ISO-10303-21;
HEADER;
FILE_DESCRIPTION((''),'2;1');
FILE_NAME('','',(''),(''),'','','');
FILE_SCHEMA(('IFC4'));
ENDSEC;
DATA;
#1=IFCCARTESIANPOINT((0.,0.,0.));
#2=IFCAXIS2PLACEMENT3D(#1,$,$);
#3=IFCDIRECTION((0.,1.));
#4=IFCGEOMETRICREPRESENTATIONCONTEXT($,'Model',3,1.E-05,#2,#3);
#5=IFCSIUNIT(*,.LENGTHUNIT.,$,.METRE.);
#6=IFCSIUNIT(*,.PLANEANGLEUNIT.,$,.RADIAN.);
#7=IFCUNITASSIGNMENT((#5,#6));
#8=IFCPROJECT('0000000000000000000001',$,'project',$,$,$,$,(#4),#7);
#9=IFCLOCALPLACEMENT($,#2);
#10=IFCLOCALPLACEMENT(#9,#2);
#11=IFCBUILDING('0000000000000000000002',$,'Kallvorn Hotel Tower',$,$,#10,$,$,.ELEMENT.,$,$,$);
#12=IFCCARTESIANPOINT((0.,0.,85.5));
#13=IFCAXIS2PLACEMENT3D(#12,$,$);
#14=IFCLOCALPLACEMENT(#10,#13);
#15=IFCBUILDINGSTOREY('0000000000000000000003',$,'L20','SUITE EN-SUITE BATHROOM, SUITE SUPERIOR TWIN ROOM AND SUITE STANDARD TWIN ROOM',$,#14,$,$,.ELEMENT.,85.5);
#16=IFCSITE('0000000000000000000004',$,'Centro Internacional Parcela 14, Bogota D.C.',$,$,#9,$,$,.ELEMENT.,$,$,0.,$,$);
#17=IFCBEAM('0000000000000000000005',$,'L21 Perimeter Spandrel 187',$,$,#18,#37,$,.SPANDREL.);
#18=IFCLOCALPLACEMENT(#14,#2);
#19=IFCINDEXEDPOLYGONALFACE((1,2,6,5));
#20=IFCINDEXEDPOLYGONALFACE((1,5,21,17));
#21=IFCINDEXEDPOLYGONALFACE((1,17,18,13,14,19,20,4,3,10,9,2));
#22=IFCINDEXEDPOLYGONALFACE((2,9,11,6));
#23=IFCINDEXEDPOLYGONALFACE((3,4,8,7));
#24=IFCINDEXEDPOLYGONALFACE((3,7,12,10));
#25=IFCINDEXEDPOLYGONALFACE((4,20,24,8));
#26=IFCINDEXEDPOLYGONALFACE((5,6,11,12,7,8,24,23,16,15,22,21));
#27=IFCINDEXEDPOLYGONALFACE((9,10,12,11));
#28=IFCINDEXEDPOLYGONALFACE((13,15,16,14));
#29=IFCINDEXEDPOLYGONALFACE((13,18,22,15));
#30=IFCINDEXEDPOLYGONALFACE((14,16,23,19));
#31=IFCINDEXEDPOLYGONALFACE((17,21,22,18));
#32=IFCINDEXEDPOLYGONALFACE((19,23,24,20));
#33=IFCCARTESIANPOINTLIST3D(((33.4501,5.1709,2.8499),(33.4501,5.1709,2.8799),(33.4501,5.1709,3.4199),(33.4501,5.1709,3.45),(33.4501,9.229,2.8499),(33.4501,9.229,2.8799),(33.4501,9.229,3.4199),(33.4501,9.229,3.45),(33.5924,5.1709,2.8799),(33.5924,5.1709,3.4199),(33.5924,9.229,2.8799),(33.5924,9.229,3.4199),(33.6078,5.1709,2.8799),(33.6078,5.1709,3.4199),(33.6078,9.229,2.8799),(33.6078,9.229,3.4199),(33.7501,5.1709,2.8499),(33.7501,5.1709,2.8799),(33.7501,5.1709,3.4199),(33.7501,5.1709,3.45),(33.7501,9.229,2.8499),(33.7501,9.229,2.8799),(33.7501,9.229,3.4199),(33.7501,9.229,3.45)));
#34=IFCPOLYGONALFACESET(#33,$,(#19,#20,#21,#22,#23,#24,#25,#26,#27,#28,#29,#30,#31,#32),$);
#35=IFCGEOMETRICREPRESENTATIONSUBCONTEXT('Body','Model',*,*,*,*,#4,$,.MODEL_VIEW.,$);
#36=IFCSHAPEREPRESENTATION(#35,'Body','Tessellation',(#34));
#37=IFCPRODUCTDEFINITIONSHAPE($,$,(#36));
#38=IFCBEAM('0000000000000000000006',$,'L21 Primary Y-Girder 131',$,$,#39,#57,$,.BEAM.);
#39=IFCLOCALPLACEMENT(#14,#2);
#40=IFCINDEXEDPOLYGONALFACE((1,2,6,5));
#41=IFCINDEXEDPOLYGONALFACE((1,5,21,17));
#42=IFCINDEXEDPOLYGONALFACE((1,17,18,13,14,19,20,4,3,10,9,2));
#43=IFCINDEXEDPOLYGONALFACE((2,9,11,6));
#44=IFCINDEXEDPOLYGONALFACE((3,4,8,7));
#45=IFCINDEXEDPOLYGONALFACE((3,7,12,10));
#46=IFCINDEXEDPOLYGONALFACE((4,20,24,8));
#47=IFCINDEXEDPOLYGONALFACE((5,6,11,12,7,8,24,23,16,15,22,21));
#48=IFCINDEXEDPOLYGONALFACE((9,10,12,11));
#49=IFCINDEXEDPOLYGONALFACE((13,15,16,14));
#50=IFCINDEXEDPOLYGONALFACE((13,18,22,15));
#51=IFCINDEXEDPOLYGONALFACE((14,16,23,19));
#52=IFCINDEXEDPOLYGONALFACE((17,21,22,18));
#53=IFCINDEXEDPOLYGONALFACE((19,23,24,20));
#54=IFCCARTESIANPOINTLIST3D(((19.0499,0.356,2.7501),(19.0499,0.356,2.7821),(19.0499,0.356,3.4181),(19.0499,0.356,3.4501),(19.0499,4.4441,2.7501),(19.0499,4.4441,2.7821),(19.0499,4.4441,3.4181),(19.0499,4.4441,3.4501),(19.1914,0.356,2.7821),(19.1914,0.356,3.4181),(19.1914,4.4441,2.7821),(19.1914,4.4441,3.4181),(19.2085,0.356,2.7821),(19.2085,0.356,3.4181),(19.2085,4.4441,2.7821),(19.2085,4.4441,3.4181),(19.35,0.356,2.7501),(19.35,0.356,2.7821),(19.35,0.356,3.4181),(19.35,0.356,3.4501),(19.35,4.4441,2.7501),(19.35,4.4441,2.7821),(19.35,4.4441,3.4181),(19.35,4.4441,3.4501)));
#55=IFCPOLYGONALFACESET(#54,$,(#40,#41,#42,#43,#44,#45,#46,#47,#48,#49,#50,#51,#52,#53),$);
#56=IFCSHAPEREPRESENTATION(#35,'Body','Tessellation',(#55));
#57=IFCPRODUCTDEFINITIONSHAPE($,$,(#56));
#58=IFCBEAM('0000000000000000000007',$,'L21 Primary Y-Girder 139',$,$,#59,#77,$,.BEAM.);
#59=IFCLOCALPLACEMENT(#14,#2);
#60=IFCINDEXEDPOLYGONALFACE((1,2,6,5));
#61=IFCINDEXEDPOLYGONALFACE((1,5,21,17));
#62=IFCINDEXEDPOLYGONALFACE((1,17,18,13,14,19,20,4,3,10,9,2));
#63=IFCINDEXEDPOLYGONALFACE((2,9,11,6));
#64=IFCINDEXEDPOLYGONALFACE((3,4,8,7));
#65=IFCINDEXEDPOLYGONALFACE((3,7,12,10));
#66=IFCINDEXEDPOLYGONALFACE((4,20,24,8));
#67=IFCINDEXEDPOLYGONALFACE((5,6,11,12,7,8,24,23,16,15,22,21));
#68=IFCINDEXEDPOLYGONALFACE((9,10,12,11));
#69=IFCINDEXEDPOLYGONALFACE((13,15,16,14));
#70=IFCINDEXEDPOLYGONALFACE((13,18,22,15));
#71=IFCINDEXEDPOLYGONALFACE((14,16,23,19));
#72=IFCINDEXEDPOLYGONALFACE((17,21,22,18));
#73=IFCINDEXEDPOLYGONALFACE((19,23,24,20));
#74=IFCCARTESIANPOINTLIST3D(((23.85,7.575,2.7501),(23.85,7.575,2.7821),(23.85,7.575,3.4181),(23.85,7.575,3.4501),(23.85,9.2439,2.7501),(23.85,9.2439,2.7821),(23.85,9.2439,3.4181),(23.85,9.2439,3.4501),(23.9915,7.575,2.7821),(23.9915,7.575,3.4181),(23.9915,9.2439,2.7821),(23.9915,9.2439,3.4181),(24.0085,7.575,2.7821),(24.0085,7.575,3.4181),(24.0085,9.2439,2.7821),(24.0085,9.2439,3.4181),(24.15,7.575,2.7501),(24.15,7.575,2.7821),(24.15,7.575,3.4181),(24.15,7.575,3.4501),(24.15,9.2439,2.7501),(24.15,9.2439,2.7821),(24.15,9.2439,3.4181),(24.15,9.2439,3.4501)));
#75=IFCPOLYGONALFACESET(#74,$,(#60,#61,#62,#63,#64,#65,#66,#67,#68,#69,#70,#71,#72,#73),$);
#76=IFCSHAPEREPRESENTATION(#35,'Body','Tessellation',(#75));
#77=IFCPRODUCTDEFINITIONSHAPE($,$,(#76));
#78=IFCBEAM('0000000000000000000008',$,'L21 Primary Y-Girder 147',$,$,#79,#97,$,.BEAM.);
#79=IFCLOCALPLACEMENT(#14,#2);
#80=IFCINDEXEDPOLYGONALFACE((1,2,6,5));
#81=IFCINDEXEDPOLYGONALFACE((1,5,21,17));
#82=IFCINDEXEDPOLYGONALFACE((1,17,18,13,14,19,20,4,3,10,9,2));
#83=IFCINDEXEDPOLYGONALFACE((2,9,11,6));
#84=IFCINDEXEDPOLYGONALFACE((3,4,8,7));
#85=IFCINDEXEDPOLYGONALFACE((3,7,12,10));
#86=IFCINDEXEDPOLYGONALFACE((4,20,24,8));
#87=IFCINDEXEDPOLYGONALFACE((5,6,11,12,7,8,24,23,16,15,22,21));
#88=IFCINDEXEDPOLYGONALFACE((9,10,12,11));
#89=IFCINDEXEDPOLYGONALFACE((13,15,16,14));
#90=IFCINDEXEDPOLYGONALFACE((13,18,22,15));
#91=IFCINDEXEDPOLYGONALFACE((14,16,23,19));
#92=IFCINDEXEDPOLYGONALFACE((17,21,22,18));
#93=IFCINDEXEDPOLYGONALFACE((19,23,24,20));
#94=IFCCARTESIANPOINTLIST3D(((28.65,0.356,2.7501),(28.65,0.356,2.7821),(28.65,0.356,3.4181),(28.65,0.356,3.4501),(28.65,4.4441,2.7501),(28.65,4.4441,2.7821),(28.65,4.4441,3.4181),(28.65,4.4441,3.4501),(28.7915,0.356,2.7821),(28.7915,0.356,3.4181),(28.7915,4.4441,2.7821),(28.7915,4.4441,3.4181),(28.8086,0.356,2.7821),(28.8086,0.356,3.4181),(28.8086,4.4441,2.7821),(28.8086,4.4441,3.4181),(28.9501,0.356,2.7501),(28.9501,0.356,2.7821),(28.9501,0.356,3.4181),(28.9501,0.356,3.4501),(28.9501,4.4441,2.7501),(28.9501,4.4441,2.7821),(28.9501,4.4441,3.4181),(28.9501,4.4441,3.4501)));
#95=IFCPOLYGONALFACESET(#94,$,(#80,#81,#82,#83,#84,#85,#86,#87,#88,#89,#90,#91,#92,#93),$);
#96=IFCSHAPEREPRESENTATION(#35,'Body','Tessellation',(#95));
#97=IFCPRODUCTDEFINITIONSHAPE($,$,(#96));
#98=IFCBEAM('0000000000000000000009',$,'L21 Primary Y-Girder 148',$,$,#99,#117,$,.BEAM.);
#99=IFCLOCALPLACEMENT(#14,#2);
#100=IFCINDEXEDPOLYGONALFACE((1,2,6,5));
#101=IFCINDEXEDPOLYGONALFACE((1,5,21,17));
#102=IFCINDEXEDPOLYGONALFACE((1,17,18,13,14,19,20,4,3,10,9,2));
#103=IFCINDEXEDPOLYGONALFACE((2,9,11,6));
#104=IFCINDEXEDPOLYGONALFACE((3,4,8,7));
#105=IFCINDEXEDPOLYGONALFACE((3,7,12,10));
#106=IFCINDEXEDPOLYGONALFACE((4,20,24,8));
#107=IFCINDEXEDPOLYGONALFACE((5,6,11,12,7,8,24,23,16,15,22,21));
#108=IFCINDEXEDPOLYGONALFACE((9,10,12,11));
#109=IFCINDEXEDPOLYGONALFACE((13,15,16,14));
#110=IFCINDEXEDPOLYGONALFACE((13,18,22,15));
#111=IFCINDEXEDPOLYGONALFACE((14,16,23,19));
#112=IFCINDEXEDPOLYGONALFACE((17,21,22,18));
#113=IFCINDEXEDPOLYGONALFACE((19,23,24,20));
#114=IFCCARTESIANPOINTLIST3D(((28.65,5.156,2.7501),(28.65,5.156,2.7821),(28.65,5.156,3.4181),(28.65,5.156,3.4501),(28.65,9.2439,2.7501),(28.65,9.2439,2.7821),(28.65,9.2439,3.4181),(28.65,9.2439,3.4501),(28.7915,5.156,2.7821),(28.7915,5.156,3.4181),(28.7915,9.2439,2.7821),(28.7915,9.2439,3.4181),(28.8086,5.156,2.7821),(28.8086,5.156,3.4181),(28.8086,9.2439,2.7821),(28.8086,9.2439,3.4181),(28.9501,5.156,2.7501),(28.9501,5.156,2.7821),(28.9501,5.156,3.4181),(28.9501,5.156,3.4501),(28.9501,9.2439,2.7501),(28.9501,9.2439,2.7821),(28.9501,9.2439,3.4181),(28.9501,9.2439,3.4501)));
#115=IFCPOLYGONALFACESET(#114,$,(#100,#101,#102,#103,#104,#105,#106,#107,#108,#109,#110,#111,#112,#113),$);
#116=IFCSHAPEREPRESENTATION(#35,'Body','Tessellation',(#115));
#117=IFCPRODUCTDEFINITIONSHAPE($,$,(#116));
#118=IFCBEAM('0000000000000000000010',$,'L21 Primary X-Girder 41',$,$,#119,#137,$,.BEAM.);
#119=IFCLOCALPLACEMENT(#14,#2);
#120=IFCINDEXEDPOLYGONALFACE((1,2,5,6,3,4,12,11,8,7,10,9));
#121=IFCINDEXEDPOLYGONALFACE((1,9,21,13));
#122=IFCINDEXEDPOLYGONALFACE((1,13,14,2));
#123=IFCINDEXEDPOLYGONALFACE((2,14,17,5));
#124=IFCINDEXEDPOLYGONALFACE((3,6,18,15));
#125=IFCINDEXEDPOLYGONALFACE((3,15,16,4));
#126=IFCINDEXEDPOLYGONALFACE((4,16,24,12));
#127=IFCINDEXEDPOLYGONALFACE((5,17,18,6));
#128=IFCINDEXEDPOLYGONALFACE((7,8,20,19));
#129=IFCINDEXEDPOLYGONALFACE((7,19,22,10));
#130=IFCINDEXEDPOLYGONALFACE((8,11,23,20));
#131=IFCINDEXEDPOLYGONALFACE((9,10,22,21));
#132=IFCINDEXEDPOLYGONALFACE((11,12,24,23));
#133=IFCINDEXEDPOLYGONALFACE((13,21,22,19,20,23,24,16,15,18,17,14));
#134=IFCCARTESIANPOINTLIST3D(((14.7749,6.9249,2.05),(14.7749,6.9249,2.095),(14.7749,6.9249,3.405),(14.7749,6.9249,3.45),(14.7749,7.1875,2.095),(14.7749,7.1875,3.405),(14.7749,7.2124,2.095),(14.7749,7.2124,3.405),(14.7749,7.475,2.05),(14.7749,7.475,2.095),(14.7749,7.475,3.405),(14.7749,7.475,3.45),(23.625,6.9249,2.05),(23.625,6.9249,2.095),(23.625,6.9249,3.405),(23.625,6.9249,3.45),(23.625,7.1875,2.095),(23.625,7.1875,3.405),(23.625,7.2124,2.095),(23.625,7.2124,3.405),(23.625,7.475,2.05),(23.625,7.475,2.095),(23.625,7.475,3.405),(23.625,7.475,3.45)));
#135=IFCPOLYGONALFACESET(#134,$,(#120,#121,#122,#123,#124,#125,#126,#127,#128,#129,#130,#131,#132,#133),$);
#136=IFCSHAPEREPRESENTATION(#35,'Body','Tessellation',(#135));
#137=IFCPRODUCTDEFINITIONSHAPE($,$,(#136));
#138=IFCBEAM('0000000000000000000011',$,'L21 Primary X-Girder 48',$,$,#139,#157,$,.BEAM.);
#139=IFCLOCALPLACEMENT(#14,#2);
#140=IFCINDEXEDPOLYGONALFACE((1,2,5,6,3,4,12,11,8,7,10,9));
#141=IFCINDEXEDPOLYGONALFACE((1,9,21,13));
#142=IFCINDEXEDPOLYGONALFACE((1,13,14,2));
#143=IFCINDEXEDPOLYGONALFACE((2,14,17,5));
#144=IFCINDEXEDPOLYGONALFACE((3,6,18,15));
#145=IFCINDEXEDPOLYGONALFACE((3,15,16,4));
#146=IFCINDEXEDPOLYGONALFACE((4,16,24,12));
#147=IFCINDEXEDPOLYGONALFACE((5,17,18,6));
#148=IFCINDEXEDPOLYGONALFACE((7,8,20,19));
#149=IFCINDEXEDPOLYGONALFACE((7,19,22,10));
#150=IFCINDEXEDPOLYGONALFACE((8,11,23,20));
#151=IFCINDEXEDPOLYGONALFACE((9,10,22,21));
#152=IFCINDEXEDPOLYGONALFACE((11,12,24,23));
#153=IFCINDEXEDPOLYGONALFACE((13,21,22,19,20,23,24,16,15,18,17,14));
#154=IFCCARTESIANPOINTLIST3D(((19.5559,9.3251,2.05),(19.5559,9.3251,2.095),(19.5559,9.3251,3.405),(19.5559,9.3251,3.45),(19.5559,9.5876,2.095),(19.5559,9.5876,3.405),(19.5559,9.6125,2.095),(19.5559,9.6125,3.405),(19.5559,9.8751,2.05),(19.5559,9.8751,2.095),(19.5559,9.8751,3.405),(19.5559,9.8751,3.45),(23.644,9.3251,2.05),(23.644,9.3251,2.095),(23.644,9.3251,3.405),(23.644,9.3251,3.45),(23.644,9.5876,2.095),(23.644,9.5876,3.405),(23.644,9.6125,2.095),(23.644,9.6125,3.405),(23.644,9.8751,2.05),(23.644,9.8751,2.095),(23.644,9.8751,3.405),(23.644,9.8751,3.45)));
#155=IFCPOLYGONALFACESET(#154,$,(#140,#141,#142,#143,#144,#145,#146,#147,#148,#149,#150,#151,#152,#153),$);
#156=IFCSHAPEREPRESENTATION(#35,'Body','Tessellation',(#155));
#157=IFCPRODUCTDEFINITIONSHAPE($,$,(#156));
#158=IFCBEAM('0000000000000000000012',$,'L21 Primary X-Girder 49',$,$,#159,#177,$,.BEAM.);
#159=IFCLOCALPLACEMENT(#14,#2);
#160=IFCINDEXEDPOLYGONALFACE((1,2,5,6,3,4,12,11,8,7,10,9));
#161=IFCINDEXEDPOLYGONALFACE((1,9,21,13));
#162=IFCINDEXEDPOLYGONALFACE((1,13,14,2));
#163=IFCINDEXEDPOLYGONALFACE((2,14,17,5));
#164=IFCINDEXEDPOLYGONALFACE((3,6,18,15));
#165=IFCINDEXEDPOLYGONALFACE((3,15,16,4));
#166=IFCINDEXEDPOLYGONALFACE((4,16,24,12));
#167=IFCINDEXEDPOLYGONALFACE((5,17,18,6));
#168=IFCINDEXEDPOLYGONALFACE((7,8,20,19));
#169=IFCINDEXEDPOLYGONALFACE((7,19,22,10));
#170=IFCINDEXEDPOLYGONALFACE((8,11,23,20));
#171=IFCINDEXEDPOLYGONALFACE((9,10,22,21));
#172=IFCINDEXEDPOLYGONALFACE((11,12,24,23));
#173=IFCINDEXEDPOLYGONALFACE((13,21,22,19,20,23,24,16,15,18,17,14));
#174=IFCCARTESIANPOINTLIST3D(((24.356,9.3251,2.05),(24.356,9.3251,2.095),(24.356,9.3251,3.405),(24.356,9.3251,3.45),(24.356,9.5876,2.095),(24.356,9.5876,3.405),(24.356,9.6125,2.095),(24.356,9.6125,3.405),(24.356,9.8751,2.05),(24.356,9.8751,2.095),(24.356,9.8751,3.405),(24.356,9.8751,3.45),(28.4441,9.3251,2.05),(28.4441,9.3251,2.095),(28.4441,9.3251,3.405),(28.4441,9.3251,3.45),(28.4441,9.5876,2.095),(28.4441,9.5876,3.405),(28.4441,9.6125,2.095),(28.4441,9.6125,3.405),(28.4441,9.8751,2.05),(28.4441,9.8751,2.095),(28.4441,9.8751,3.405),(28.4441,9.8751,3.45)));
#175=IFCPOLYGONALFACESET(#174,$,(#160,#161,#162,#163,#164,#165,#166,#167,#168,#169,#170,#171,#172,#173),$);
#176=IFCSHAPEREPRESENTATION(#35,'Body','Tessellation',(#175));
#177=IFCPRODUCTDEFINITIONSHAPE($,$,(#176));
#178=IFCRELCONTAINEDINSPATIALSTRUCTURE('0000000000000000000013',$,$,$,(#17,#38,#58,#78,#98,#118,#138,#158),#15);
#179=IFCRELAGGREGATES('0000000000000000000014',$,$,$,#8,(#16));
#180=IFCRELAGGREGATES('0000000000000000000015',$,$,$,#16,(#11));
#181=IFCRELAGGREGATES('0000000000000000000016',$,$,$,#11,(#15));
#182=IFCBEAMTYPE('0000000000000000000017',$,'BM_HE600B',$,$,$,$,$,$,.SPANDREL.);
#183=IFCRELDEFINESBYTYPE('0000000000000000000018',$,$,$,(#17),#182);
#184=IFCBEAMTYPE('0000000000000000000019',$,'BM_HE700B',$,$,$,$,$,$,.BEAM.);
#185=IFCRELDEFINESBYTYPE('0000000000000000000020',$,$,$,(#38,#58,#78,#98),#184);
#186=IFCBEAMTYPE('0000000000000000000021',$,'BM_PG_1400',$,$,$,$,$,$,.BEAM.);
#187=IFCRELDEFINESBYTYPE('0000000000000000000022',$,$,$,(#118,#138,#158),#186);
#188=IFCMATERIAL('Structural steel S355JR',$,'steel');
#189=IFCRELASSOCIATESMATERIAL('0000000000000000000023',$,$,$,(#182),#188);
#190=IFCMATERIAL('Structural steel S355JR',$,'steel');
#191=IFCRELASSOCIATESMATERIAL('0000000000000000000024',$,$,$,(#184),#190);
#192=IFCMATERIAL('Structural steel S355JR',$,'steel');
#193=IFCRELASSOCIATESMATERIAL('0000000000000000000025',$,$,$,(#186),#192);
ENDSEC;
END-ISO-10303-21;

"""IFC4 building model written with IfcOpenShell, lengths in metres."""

from ifc_helpers import new_model, si_unit, direction, frame, origin, origin_2d, place, context, subcontext, project, spatial, i_section, extrude, material, material_profile, profile_set, type_object, element, save


model = new_model("IFC4")

# Units and contexts
model_context = context("Model", 3, precision=1e-05, world=origin(), true_north=direction((0.0, 1.0)))
body_context = subcontext(model_context, "Body", "Model", "MODEL_VIEW")
ifc_project = project(units=[si_unit("LENGTHUNIT", "METRE"), si_unit("PLANEANGLEUNIT", "RADIAN")], contexts=[model_context])

# Site, building, storey
site_placement = place(None, origin())
site = spatial("IfcSite", under=ifc_project, at=site_placement, Name="Centro Internacional Parcela 14, Bogota D.C.", CompositionType="ELEMENT", RefElevation=0.0)
building_placement = place(site_placement, origin())
building = spatial("IfcBuilding", under=site, at=building_placement, Name="Kallvorn Hotel Tower", CompositionType="ELEMENT")
storey_placement = place(building_placement, frame((0.0, 0.0, 85.5)))
storey = spatial("IfcBuildingStorey", under=building, at=storey_placement, Name="L20", Description="SUITE EN-SUITE BATHROOM, SUITE SUPERIOR TWIN ROOM AND SUITE STANDARD TWIN ROOM", CompositionType="ELEMENT", Elevation=85.5)

# Beams
ifc_material_1 = material(Name="Structural steel S355JR", Category="steel")
ifc_material_profile_1 = material_profile(ifc_material_1, i_section(OverallWidth=0.3, OverallDepth=0.6001, WebThickness=0.0154, FlangeThickness=0.03, at=origin_2d()), Name="HE 600 B")
ifc_profile_set_1 = profile_set([ifc_material_profile_1], Name="Structural steel S355JR")
beam_type_1 = type_object("IfcBeamType", Name="BM_HE600B", PredefinedType="SPANDREL", material=ifc_profile_set_1)
beam_1_placement = place(storey_placement, frame((33.6001, 5.1709, 3.1499), z_axis=(0.0, 1.0, 0.0), x_axis=(-1.0, 0.0, 0.0)))
element("IfcBeam", 1, at=beam_1_placement, inside=storey, type_object=beam_type_1, Name="L21 Perimeter Spandrel 187", PredefinedType="SPANDREL", context=body_context, shape_type="SweptSolid", body=[
    extrude(i_section(OverallWidth=0.3, OverallDepth=0.6001, WebThickness=0.0154, FlangeThickness=0.03, at=origin_2d()), origin(), (0.0, 0.0, 1.0), 4.0581),
])
ifc_material_2 = material(Name="Structural steel S355JR", Category="steel")
ifc_material_profile_2 = material_profile(ifc_material_2, i_section(OverallWidth=0.3, OverallDepth=0.7, WebThickness=0.0171, FlangeThickness=0.032, at=origin_2d()), Name="HE 700 B")
ifc_profile_set_2 = profile_set([ifc_material_profile_2], Name="Structural steel S355JR")
beam_type_2 = type_object("IfcBeamType", Name="BM_HE700B", PredefinedType="BEAM", material=ifc_profile_set_2)
beam_2_placement = place(storey_placement, frame((19.2, 0.356, 3.1001), z_axis=(0.0, 1.0, 0.0), x_axis=(-1.0, 0.0, 0.0)))
element("IfcBeam", 2, at=beam_2_placement, inside=storey, type_object=beam_type_2, Name="L21 Primary Y-Girder 131", PredefinedType="BEAM", context=body_context, shape_type="SweptSolid", body=[
    extrude(i_section(OverallWidth=0.3, OverallDepth=0.7, WebThickness=0.0171, FlangeThickness=0.032, at=origin_2d()), origin(), (0.0, 0.0, 1.0), 4.0881),
])
beam_3_placement = place(storey_placement, frame((24.0, 7.575, 3.1001), z_axis=(0.0, 1.0, 0.0), x_axis=(-1.0, 0.0, 0.0)))
element("IfcBeam", 3, at=beam_3_placement, inside=storey, type_object=beam_type_2, Name="L21 Primary Y-Girder 139", PredefinedType="BEAM", context=body_context, shape_type="SweptSolid", body=[
    extrude(i_section(OverallWidth=0.3, OverallDepth=0.7, WebThickness=0.0171, FlangeThickness=0.032, at=origin_2d()), origin(), (0.0, 0.0, 1.0), 1.6689),
])
beam_4_placement = place(storey_placement, frame((28.8, 0.356, 3.1001), z_axis=(0.0, 1.0, 0.0), x_axis=(-1.0, 0.0, 0.0)))
element("IfcBeam", 4, at=beam_4_placement, inside=storey, type_object=beam_type_2, Name="L21 Primary Y-Girder 147", PredefinedType="BEAM", context=body_context, shape_type="SweptSolid", body=[
    extrude(i_section(OverallWidth=0.3, OverallDepth=0.7, WebThickness=0.0171, FlangeThickness=0.032, at=origin_2d()), origin(), (0.0, 0.0, 1.0), 4.0881),
])
beam_5_placement = place(storey_placement, frame((28.8, 5.156, 3.1001), z_axis=(0.0, 1.0, 0.0), x_axis=(-1.0, 0.0, 0.0)))
element("IfcBeam", 5, at=beam_5_placement, inside=storey, type_object=beam_type_2, Name="L21 Primary Y-Girder 148", PredefinedType="BEAM", context=body_context, shape_type="SweptSolid", body=[
    extrude(i_section(OverallWidth=0.3, OverallDepth=0.7, WebThickness=0.0171, FlangeThickness=0.032, at=origin_2d()), origin(), (0.0, 0.0, 1.0), 4.0879),
])
ifc_material_3 = material(Name="Structural steel S355JR", Category="steel")
ifc_material_profile_3 = material_profile(ifc_material_3, i_section(OverallWidth=0.55, OverallDepth=1.3999, WebThickness=0.0249, FlangeThickness=0.0449, at=origin_2d()), Name="PG 1400x550x25x45")
ifc_profile_set_3 = profile_set([ifc_material_profile_3], Name="Structural steel S355JR")
beam_type_3 = type_object("IfcBeamType", Name="BM_PG_1400", PredefinedType="BEAM", material=ifc_profile_set_3)
beam_6_placement = place(storey_placement, frame((14.7749, 7.2, 2.75), z_axis=(1.0, 0.0, 0.0), x_axis=(0.0, 1.0, 0.0)))
element("IfcBeam", 6, at=beam_6_placement, inside=storey, type_object=beam_type_3, Name="L21 Primary X-Girder 41", PredefinedType="BEAM", context=body_context, shape_type="SweptSolid", body=[
    extrude(i_section(OverallWidth=0.55, OverallDepth=1.3999, WebThickness=0.0249, FlangeThickness=0.0449, at=origin_2d()), origin(), (0.0, 0.0, 1.0), 8.8501),
])
for number, where, z_axis, x_axis, name in (
    (7, (19.5559, 9.6001, 2.75), (1.0, 0.0, 0.0), (0.0, 1.0, 0.0), "L21 Primary X-Girder 48"),
    (8, (24.356, 9.6001, 2.75), (1.0, 0.0, 0.0), (0.0, 1.0, 0.0), "L21 Primary X-Girder 49"),
):
    element("IfcBeam", number, at=place(storey_placement, frame(where, z_axis=z_axis, x_axis=x_axis)), inside=storey, type_object=beam_type_3, Name=name, PredefinedType="BEAM", context=body_context, shape_type="SweptSolid", body=[
        extrude(i_section(OverallWidth=0.55, OverallDepth=1.3999, WebThickness=0.0249, FlangeThickness=0.0449, at=origin_2d()), origin(), (0.0, 0.0, 1.0), 4.0881),
    ])

save(model, "model.ifc")
